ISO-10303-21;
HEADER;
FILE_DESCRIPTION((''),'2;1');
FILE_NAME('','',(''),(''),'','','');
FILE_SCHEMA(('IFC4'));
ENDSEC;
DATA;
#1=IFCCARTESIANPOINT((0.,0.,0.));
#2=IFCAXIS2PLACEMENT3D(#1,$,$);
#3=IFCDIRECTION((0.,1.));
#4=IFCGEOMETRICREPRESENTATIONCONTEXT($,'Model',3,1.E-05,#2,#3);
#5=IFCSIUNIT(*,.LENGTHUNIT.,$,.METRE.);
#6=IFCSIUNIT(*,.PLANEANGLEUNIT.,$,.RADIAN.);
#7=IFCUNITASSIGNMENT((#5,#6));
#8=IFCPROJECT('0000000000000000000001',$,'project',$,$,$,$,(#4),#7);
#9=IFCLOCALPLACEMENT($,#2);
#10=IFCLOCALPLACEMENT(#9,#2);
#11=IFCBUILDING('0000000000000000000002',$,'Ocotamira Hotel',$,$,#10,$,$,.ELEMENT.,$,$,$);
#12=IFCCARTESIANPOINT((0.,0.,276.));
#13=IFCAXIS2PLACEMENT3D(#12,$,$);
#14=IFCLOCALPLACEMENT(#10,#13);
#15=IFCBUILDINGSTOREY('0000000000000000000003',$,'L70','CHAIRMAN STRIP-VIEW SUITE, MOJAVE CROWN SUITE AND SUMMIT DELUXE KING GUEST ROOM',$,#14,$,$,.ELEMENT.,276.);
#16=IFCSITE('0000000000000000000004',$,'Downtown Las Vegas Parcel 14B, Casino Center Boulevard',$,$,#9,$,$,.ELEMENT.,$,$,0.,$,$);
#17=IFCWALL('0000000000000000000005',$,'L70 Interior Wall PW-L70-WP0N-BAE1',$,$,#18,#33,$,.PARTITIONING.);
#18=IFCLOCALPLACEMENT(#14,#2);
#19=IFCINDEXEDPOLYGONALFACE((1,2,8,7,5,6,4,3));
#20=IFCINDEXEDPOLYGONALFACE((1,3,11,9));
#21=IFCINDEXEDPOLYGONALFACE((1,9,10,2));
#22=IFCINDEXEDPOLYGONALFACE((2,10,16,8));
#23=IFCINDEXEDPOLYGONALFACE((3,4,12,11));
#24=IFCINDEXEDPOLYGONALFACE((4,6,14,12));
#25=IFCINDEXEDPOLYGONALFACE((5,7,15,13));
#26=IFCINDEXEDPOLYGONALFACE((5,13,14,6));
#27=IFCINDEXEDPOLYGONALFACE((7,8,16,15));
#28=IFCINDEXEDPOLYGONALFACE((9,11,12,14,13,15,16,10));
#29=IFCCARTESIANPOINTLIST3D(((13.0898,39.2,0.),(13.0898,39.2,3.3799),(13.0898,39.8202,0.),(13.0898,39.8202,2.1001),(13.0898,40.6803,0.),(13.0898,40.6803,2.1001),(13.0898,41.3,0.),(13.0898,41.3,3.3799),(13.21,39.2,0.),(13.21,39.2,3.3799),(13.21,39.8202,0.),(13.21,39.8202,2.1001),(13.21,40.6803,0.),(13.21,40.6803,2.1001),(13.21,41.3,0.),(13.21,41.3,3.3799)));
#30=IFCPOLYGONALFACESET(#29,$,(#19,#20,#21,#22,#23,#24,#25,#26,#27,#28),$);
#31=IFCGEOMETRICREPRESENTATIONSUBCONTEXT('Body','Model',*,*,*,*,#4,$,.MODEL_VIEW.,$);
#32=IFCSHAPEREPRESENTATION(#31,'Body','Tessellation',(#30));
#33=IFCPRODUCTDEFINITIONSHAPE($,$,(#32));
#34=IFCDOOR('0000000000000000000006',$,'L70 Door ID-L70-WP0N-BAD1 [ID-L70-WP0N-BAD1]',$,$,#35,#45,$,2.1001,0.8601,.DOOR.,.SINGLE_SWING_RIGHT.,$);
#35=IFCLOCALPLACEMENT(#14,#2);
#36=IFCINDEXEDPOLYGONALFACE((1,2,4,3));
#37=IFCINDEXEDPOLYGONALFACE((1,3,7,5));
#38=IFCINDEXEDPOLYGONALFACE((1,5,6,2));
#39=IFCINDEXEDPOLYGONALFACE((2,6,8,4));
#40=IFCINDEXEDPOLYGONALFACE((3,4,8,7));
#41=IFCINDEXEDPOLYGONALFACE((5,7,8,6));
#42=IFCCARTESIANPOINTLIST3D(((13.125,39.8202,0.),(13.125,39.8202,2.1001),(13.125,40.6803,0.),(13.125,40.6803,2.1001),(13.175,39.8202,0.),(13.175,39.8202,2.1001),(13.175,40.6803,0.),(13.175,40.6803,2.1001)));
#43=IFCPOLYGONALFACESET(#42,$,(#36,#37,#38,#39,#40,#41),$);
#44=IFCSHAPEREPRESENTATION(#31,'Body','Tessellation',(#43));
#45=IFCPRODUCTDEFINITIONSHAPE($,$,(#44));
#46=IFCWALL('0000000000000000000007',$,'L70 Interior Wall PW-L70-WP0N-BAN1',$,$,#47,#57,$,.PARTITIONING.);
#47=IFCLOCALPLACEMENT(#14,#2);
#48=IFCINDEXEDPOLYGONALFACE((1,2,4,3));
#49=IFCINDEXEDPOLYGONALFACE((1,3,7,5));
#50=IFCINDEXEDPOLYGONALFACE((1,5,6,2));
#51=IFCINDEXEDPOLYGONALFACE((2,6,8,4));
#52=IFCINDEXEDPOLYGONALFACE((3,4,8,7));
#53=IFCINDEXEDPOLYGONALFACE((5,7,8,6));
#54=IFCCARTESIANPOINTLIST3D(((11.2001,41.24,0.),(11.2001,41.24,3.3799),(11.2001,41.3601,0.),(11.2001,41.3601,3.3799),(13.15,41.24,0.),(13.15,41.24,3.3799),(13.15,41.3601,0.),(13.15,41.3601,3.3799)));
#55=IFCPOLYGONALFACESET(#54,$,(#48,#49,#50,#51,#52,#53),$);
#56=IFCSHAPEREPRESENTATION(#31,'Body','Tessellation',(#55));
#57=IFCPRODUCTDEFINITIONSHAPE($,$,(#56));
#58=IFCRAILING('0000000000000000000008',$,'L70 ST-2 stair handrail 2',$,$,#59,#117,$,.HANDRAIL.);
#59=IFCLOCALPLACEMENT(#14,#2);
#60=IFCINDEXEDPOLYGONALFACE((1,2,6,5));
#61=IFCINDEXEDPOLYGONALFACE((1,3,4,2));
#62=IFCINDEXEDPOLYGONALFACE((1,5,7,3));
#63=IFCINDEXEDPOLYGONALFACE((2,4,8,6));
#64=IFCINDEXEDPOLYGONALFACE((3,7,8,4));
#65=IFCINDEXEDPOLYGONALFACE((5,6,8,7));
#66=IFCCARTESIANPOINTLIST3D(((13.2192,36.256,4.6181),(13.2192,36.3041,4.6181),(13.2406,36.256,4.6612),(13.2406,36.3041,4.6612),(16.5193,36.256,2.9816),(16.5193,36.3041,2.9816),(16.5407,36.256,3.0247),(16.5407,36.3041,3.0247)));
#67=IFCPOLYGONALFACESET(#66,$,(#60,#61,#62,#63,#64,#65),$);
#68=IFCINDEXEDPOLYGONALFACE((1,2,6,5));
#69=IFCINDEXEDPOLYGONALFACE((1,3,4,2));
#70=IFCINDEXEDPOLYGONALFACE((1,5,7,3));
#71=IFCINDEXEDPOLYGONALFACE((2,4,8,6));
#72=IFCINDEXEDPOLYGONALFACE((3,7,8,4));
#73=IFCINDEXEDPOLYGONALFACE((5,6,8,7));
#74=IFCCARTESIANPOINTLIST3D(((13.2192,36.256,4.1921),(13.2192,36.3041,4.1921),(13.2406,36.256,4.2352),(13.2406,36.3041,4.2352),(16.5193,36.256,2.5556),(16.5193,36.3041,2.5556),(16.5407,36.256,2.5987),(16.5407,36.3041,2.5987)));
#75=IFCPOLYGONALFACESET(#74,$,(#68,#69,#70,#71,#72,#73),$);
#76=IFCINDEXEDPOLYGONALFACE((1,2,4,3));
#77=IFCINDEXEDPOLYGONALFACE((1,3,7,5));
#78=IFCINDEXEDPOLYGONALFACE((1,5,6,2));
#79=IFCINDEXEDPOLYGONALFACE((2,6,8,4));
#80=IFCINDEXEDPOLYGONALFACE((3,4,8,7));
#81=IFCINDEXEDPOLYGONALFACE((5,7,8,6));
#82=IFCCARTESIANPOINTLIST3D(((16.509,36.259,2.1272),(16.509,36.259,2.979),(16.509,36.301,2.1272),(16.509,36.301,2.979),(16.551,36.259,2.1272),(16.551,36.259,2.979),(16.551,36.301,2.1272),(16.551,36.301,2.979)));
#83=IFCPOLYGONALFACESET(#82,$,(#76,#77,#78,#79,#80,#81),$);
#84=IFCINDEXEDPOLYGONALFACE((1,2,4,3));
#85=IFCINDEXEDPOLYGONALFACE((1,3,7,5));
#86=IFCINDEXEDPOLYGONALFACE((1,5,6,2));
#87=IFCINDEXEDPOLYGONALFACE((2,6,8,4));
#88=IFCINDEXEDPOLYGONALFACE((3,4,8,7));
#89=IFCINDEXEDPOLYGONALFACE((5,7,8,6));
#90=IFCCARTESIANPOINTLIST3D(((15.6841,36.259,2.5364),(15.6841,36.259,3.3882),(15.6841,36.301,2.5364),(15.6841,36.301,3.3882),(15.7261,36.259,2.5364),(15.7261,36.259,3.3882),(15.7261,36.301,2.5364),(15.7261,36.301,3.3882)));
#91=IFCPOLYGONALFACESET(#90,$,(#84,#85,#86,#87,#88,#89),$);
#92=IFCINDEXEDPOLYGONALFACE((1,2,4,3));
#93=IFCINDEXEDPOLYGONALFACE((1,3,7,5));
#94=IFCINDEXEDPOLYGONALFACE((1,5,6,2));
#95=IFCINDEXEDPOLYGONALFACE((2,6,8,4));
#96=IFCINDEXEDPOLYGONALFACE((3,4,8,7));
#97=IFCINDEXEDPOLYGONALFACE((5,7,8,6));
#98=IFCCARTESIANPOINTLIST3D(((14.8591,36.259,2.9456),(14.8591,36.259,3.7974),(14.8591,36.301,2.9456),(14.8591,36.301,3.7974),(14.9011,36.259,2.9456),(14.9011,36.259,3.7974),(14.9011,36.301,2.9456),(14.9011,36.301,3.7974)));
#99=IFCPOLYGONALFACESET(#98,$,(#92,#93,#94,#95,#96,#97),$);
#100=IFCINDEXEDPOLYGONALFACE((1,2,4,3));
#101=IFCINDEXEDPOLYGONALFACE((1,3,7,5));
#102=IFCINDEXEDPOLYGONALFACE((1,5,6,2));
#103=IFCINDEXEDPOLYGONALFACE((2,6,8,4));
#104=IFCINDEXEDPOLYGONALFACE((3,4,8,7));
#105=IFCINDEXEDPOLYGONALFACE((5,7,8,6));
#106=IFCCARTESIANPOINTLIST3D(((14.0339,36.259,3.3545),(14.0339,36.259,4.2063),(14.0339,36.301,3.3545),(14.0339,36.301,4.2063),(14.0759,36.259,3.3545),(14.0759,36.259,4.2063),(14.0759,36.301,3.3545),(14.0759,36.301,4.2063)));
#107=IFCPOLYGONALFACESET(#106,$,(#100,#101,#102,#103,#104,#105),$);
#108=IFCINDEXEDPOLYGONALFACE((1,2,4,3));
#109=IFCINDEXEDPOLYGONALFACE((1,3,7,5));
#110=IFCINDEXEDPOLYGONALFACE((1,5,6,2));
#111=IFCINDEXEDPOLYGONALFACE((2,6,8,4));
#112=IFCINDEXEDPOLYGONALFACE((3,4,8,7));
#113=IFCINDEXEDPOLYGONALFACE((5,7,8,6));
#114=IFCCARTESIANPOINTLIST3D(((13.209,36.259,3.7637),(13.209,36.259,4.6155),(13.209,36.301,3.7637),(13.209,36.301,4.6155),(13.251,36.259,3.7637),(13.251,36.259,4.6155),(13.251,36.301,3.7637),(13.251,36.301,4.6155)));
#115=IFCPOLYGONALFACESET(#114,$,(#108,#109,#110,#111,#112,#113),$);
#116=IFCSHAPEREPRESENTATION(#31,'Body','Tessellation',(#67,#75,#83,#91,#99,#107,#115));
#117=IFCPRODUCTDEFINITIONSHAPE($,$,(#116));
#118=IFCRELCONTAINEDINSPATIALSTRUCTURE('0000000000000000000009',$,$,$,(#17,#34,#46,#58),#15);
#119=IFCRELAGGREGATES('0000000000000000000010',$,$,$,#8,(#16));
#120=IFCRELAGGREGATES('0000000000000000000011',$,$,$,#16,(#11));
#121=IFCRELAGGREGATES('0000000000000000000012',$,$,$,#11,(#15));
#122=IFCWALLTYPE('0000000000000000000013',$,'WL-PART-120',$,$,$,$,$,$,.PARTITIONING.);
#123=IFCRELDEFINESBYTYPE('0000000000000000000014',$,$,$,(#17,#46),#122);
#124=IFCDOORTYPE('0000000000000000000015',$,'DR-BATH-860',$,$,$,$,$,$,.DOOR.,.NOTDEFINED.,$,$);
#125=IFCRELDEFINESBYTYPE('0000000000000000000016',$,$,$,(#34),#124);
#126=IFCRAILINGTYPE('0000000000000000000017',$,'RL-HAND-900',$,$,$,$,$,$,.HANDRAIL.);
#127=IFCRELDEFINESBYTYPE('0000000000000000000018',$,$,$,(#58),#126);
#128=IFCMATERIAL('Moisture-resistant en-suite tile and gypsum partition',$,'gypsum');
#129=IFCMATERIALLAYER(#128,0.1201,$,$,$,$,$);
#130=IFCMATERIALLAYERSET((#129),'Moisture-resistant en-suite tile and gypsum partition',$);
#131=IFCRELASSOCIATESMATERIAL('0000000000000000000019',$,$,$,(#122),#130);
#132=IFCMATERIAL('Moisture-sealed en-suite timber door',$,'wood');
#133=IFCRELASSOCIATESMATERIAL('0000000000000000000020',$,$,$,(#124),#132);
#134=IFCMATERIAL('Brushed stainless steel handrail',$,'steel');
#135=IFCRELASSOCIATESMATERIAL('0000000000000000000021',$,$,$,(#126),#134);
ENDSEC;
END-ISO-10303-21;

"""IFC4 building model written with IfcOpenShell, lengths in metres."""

from ifc_helpers import new_model, si_unit, direction, frame, frame_2d, origin, origin_2d, place, context, subcontext, project, spatial, rectangle, extrude, source, transform, mapped, material, layer, layer_set, type_object, element, fill, save


model = new_model("IFC4")

# Units and contexts
model_context = context("Model", 3, precision=1e-05, world=origin(), true_north=direction((0.0, 1.0)))
body_context = subcontext(model_context, "Body", "Model", "MODEL_VIEW")
ifc_project = project(units=[si_unit("LENGTHUNIT", "METRE"), si_unit("PLANEANGLEUNIT", "RADIAN")], contexts=[model_context])

# Site, building, storey
site_placement = place(None, origin())
site = spatial("IfcSite", under=ifc_project, at=site_placement, Name="Downtown Las Vegas Parcel 14B, Casino Center Boulevard", CompositionType="ELEMENT", RefElevation=0.0)
building_placement = place(site_placement, origin())
building = spatial("IfcBuilding", under=site, at=building_placement, Name="Ocotamira Hotel", CompositionType="ELEMENT")
storey_placement = place(building_placement, frame((0.0, 0.0, 276.0)))
storey = spatial("IfcBuildingStorey", under=building, at=storey_placement, Name="L70", Description="CHAIRMAN STRIP-VIEW SUITE, MOJAVE CROWN SUITE AND SUMMIT DELUXE KING GUEST ROOM", CompositionType="ELEMENT", Elevation=276.0)

# Wall, opening, door
ifc_material_1 = material(Name="Moisture-resistant en-suite tile and gypsum partition", Category="gypsum")
ifc_layer_1 = layer(ifc_material_1, 0.1201)
ifc_layer_set_1 = layer_set([ifc_layer_1], Name="Moisture-resistant en-suite tile and gypsum partition")
wall_type_1 = type_object("IfcWallType", Name="WL-PART-120", PredefinedType="PARTITIONING", material=ifc_layer_set_1)
wall_1_placement = place(storey_placement, frame((13.1499, 39.2, 0.0), z_axis=(0.0, 0.0, 1.0), x_axis=(0.0, 1.0, 0.0)))
wall_1 = element("IfcWall", 1, at=wall_1_placement, inside=storey, type_object=wall_type_1, Name="L70 Interior Wall PW-L70-WP0N-BAE1", PredefinedType="PARTITIONING", context=body_context, shape_type="SweptSolid", body=[
    extrude(rectangle(XDim=2.1001, YDim=0.1201, at=frame_2d((1.05, 0.0))), origin(), (0.0, 0.0, 1.0), 3.3799),
])
opening_placement = place(wall_1_placement, frame((0.6201, 0.0, 0.0)))
opening = element("IfcOpeningElement", 2, at=opening_placement, cuts=wall_1, PredefinedType="OPENING", context=body_context, shape_type="SweptSolid", body=[
    extrude(rectangle(XDim=0.8601, YDim=2.1001, at=frame_2d((0.4302, 1.05))), frame((0.0, 0.0701, 0.0), z_axis=(0.0, -1.0, 0.0), x_axis=(1.0, 0.0, 0.0)), (0.0, 0.0, 1.0), 0.1401),
])
ifc_material_2 = material(Name="Moisture-sealed en-suite timber door", Category="wood")
door_type = type_object("IfcDoorType", Name="DR-BATH-860", OperationType="NOTDEFINED", PredefinedType="DOOR", material=ifc_material_2)
shared_shape_1 = source(origin(), body_context, "Body", "SweptSolid", [
    extrude(rectangle(XDim=0.8601, YDim=2.1001, at=frame_2d((0.4302, 1.05))), frame((0.0, 0.0249, 0.0), z_axis=(0.0, -1.0, 0.0), x_axis=(1.0, 0.0, 0.0)), (0.0, 0.0, 1.0), 0.05),
])
door_placement = place(opening_placement, origin())
door = element("IfcDoor", 3, at=door_placement, inside=storey, type_object=door_type, Name="L70 Door ID-L70-WP0N-BAD1 [ID-L70-WP0N-BAD1]", OperationType="SINGLE_SWING_RIGHT", OverallHeight=2.1001, OverallWidth=0.8601, PredefinedType="DOOR", context=body_context, shape_type="MappedRepresentation", body=[
    mapped(shared_shape_1, transform((0.0, 0.0, 0.0), scale=1.0)),
])
fill(opening, door)

# Wall
wall_2_placement = place(storey_placement, frame((11.2, 41.3, 0.0), z_axis=(0.0, 0.0, 1.0), x_axis=(1.0, 0.0, 0.0)))
element("IfcWall", 4, at=wall_2_placement, inside=storey, type_object=wall_type_1, Name="L70 Interior Wall PW-L70-WP0N-BAN1", PredefinedType="PARTITIONING", context=body_context, shape_type="SweptSolid", body=[
    extrude(rectangle(XDim=1.95, YDim=0.1201, at=frame_2d((0.9751, 0.0))), origin(), (0.0, 0.0, 1.0), 3.3799),
])

# Railing
ifc_material_3 = material(Name="Brushed stainless steel handrail", Category="steel")
railing_type = type_object("IfcRailingType", Name="RL-HAND-900", PredefinedType="HANDRAIL", material=ifc_material_3)
railing_placement = place(storey_placement, frame((16.53, 36.28, 2.1272)))
element("IfcRailing", 5, at=railing_placement, inside=storey, type_object=railing_type, Name="L70 ST-2 stair handrail 2", PredefinedType="HANDRAIL", context=body_context, shape_type="SweptSolid", body=[
    extrude(rectangle(XDim=0.0481, YDim=0.0481, at=origin_2d()), frame((0.0, 0.0, 0.876), z_axis=(-0.895894, 0.0, 0.444268), x_axis=(0.0, -1.0, 0.0)), (0.0, 0.0, 1.0), 3.6836),
    extrude(rectangle(XDim=0.0481, YDim=0.0481, at=origin_2d()), frame((0.0, 0.0, 0.45), z_axis=(-0.895894, 0.0, 0.444268), x_axis=(0.0, -1.0, 0.0)), (0.0, 0.0, 1.0), 3.6836),
    extrude(rectangle(XDim=0.042, YDim=0.042, at=origin_2d()), origin(), (0.0, 0.0, 1.0), 0.8518),
    extrude(rectangle(XDim=0.042, YDim=0.042, at=origin_2d()), frame((-0.825, 0.0, 0.4092)), (0.0, 0.0, 1.0), 0.8518),
    extrude(rectangle(XDim=0.042, YDim=0.042, at=origin_2d()), frame((-1.6499, 0.0, 0.8184)), (0.0, 0.0, 1.0), 0.8518),
    extrude(rectangle(XDim=0.042, YDim=0.042, at=origin_2d()), frame((-2.4751, 0.0, 1.2273)), (0.0, 0.0, 1.0), 0.8518),
    extrude(rectangle(XDim=0.042, YDim=0.042, at=origin_2d()), frame((-3.3, 0.0, 1.6365)), (0.0, 0.0, 1.0), 0.8518),
])

save(model, "model.ifc")
